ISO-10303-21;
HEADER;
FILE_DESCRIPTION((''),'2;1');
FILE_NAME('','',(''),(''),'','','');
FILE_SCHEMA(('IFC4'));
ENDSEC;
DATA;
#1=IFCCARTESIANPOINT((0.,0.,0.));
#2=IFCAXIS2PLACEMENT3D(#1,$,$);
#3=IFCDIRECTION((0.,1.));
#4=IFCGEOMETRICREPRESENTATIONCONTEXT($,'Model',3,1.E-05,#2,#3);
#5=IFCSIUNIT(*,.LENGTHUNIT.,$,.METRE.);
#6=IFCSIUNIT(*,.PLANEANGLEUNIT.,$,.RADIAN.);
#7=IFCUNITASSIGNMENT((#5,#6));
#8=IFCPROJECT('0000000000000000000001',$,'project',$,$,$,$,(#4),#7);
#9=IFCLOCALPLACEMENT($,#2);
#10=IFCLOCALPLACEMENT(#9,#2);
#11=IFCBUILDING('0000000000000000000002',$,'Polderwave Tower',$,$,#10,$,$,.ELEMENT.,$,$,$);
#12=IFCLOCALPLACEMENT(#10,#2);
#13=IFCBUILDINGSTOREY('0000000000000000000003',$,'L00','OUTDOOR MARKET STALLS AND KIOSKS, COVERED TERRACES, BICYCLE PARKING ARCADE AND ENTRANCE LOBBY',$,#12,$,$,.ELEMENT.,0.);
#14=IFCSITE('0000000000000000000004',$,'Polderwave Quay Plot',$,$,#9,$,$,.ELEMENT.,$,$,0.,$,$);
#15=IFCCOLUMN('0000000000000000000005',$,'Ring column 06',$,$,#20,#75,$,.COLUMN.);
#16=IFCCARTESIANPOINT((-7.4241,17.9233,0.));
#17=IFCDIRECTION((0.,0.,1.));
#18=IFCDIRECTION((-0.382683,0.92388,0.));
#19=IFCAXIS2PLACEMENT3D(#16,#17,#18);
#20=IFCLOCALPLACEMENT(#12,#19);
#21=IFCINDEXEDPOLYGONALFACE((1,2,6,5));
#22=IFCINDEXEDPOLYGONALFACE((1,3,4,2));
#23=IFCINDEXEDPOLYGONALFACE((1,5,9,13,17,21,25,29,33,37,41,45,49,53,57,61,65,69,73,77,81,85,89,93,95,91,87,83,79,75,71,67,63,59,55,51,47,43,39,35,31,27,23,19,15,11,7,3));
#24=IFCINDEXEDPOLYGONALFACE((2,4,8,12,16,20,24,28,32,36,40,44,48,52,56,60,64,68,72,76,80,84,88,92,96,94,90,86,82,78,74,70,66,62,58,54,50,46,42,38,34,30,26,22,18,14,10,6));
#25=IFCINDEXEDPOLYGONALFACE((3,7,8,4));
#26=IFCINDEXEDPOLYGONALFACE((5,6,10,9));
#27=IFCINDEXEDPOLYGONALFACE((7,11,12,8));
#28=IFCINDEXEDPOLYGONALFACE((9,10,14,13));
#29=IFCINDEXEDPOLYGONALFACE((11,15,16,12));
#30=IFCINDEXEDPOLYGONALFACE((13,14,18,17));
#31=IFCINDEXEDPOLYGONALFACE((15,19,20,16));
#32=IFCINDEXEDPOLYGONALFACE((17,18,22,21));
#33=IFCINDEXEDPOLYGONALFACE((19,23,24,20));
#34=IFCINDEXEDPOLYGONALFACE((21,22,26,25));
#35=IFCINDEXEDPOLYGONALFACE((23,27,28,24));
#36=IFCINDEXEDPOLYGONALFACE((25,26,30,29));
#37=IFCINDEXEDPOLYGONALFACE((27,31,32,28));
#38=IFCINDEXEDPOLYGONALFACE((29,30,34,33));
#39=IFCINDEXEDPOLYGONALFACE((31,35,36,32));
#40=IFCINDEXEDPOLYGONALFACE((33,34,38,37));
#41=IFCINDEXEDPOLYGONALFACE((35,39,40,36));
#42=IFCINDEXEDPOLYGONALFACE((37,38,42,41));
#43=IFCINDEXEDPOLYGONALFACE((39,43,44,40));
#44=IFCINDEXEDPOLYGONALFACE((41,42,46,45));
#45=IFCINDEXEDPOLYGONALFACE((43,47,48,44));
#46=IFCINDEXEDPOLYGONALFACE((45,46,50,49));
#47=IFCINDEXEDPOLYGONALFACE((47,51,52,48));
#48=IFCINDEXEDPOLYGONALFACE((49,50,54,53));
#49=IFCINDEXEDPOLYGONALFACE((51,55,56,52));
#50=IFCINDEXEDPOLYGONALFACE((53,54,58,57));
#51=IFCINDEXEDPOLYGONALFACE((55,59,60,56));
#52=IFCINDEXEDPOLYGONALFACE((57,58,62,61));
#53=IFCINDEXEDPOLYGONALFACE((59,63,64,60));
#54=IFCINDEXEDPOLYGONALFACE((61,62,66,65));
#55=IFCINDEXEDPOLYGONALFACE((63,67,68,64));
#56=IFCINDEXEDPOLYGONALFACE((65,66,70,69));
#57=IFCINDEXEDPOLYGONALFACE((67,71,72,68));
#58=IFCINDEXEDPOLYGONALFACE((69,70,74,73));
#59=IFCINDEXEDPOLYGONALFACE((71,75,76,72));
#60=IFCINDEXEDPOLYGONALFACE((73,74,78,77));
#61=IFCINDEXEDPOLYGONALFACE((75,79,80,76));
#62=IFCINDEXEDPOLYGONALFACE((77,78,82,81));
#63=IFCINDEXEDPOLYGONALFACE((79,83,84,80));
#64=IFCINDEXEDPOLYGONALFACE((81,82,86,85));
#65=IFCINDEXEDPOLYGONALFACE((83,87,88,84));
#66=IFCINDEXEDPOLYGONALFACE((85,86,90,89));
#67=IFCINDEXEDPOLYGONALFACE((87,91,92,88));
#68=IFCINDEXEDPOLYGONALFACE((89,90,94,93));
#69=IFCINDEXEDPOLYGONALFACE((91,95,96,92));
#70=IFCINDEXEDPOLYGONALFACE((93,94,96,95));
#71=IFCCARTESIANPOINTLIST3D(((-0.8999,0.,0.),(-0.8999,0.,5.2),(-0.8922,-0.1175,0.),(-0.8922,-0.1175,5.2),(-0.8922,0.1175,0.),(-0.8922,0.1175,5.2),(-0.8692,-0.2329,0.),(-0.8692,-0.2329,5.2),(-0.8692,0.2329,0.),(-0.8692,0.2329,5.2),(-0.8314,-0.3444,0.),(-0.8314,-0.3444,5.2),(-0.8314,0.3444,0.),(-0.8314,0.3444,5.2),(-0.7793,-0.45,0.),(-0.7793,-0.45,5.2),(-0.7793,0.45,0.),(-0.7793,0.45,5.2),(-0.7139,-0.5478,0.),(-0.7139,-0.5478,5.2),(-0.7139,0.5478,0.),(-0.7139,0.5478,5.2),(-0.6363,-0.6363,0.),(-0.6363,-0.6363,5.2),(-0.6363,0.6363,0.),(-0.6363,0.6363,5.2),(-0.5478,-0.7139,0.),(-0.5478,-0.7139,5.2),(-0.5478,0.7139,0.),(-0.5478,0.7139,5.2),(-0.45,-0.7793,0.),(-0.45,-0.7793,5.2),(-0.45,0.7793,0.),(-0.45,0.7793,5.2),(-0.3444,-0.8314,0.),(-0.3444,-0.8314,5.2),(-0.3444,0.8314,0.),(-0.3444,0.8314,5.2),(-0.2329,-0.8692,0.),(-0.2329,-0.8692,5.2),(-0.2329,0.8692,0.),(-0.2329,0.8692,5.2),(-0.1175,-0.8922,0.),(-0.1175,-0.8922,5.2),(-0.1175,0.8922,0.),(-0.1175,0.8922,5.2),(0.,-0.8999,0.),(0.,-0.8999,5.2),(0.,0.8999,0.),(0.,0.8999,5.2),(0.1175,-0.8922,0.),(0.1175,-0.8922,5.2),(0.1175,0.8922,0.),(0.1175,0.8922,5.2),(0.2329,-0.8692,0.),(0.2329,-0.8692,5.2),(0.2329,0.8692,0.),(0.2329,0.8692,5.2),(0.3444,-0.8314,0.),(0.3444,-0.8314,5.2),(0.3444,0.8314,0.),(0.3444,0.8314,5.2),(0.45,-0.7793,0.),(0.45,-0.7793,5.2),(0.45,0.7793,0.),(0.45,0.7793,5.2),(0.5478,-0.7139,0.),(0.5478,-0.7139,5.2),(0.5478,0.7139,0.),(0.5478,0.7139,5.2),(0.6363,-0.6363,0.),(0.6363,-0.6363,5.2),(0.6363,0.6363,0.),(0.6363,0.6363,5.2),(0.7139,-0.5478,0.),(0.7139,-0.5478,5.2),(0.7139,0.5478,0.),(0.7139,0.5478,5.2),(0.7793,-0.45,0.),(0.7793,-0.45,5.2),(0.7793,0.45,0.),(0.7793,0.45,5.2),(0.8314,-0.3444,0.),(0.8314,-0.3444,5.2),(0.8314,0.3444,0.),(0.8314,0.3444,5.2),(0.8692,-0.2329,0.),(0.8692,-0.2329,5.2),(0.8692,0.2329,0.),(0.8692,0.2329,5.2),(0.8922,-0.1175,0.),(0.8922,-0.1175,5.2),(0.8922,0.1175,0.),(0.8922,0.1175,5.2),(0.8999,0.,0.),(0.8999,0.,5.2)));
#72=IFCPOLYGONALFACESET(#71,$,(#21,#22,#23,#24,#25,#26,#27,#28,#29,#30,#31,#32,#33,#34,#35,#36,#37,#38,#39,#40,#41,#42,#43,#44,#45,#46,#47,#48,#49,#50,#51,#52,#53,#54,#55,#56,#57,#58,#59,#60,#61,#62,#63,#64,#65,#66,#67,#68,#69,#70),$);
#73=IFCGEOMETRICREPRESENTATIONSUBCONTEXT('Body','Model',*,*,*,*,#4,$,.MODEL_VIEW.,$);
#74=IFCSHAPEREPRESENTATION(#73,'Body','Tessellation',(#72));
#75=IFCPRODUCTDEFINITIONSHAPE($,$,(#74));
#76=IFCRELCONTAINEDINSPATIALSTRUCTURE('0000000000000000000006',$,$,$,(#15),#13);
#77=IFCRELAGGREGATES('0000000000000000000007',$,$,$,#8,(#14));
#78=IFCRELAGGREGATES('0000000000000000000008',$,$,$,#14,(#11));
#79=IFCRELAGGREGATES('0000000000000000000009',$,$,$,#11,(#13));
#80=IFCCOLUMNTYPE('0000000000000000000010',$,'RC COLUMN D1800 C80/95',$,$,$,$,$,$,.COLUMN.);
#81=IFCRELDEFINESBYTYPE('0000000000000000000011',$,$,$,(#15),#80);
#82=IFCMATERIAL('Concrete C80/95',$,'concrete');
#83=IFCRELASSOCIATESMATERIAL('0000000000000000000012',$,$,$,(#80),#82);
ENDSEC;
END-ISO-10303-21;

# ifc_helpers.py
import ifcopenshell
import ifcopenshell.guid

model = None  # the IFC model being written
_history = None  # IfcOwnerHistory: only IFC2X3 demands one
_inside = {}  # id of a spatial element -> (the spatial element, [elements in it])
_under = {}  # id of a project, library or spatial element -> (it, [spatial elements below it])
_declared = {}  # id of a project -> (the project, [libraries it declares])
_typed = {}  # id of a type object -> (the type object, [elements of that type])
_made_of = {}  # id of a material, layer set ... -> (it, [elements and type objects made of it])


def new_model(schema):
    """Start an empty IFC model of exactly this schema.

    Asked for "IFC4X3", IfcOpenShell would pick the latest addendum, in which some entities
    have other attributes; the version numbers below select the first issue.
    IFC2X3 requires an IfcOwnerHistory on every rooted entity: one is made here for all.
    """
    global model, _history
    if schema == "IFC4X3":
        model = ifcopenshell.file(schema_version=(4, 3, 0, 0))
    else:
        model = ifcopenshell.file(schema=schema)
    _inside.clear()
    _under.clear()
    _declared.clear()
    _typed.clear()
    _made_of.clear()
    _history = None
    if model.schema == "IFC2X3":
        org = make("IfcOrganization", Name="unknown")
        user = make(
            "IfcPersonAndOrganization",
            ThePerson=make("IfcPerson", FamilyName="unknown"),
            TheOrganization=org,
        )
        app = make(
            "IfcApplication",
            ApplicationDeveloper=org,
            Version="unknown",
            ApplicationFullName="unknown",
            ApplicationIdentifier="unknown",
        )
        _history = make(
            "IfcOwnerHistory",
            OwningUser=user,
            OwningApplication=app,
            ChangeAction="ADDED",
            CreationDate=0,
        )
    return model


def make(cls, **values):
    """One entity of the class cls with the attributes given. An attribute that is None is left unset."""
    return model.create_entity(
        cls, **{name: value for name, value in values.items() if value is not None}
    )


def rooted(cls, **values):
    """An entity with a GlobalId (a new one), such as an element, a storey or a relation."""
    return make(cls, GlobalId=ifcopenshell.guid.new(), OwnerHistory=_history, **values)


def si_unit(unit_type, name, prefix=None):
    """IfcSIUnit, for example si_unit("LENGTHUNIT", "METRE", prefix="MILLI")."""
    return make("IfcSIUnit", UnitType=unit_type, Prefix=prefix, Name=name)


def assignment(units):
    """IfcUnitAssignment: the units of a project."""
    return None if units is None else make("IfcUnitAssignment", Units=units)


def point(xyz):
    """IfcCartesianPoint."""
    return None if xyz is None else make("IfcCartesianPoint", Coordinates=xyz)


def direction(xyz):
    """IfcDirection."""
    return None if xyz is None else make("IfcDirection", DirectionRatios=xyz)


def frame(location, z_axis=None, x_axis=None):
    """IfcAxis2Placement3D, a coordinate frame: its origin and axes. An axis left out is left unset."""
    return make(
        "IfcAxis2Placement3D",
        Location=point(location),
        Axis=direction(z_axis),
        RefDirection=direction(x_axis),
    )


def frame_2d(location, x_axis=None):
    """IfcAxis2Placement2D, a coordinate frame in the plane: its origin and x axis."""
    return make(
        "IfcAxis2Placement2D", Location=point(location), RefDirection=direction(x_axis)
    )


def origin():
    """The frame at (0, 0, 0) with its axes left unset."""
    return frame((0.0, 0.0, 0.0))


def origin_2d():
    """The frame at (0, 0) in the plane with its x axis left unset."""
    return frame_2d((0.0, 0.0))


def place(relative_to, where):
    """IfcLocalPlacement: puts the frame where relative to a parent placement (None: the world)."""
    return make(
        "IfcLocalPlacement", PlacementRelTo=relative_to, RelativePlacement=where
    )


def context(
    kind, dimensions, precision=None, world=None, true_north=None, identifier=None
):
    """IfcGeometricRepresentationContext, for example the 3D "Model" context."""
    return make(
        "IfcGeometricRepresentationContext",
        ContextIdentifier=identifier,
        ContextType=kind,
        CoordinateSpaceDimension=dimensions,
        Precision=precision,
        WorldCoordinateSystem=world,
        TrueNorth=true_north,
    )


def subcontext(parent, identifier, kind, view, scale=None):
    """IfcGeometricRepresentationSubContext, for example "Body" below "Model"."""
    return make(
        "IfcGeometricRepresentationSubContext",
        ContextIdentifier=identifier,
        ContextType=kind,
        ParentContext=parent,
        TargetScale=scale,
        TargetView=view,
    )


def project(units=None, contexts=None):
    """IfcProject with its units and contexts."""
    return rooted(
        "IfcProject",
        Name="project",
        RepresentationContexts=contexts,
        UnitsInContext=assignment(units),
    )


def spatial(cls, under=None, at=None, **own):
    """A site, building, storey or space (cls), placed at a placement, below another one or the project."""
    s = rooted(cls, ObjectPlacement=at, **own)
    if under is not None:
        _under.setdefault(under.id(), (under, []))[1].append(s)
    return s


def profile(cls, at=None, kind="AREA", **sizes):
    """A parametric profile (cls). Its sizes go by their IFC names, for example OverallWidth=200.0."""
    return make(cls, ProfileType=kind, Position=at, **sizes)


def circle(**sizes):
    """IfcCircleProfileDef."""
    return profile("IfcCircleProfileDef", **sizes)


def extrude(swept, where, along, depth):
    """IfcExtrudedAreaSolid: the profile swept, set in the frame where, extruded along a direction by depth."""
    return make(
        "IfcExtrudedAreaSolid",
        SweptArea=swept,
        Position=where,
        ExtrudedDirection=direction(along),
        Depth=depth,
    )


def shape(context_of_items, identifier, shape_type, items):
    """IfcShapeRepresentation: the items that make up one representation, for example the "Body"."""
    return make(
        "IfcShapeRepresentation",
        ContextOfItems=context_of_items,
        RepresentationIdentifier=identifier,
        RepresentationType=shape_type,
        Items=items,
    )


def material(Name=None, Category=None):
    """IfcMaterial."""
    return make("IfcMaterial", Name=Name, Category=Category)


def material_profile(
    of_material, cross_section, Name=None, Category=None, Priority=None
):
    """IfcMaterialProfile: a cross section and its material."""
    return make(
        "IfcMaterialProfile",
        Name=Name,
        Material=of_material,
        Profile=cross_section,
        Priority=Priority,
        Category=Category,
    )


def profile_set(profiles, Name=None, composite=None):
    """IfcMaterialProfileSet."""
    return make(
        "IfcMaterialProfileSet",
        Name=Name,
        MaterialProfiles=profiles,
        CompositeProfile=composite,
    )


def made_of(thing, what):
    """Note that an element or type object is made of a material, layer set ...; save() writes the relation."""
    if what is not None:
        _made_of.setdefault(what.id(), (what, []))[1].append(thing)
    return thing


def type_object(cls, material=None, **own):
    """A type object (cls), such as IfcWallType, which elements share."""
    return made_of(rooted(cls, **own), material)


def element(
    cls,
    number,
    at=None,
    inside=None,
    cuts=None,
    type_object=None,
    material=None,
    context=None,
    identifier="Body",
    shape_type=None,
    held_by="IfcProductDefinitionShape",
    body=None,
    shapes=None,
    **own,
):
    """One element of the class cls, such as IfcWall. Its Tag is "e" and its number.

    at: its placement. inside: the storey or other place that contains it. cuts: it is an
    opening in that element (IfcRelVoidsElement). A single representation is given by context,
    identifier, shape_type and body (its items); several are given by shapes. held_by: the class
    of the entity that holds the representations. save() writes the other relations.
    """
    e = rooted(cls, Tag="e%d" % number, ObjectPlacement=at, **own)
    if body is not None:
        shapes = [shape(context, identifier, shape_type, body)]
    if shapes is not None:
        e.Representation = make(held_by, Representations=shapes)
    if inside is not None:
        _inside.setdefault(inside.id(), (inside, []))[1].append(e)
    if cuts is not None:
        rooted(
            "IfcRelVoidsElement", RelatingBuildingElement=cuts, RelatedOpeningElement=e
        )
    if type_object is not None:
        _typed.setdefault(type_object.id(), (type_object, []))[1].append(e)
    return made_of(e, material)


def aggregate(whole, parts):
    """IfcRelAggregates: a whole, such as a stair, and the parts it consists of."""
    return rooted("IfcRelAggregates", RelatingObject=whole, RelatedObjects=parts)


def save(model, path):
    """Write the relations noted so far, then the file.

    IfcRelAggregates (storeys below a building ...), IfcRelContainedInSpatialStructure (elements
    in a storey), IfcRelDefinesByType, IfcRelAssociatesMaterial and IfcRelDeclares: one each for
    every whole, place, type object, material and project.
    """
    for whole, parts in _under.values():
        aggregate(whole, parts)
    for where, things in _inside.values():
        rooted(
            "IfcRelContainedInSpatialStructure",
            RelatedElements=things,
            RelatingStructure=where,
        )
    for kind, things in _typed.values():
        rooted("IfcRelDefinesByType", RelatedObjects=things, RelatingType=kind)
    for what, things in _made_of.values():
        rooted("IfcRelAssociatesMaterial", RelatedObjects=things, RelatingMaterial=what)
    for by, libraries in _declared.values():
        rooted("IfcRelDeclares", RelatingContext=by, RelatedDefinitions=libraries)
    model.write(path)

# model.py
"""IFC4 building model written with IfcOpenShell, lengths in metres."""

from ifc_helpers import new_model, si_unit, direction, frame, origin, origin_2d, place, context, subcontext, project, spatial, circle, extrude, material, material_profile, profile_set, type_object, element, save


model = new_model("IFC4")

# Units and contexts
model_context = context("Model", 3, precision=1e-05, world=origin(), true_north=direction((0.0, 1.0)))
body_context = subcontext(model_context, "Body", "Model", "MODEL_VIEW")
ifc_project = project(units=[si_unit("LENGTHUNIT", "METRE"), si_unit("PLANEANGLEUNIT", "RADIAN")], contexts=[model_context])

# Site, building, storey
site_placement = place(None, origin())
site = spatial("IfcSite", under=ifc_project, at=site_placement, Name="Polderwave Quay Plot", CompositionType="ELEMENT", RefElevation=0.0)
building_placement = place(site_placement, origin())
building = spatial("IfcBuilding", under=site, at=building_placement, Name="Polderwave Tower", CompositionType="ELEMENT")
storey_placement = place(building_placement, origin())
storey = spatial("IfcBuildingStorey", under=building, at=storey_placement, Name="L00", Description="OUTDOOR MARKET STALLS AND KIOSKS, COVERED TERRACES, BICYCLE PARKING ARCADE AND ENTRANCE LOBBY", CompositionType="ELEMENT", Elevation=0.0)

# Column
ifc_material_1 = material(Name="Concrete C80/95", Category="concrete")
ifc_material_profile_1 = material_profile(ifc_material_1, circle(Radius=0.8999, at=origin_2d()), Name="RC D1800")
ifc_profile_set_1 = profile_set([ifc_material_profile_1], Name="Concrete C80/95")
column_type = type_object("IfcColumnType", Name="RC COLUMN D1800 C80/95", PredefinedType="COLUMN", material=ifc_profile_set_1)
column_placement = place(storey_placement, frame((-7.4241, 17.9233, 0.0), z_axis=(0.0, 0.0, 1.0), x_axis=(-0.382683, 0.92388, 0.0)))
element("IfcColumn", 1, at=column_placement, inside=storey, type_object=column_type, Name="Ring column 06", PredefinedType="COLUMN", context=body_context, shape_type="SweptSolid", body=[
    extrude(circle(Radius=0.8999, at=origin_2d()), origin(), (0.0, 0.0, 1.0), 5.2),
])

save(model, "model.ifc")
